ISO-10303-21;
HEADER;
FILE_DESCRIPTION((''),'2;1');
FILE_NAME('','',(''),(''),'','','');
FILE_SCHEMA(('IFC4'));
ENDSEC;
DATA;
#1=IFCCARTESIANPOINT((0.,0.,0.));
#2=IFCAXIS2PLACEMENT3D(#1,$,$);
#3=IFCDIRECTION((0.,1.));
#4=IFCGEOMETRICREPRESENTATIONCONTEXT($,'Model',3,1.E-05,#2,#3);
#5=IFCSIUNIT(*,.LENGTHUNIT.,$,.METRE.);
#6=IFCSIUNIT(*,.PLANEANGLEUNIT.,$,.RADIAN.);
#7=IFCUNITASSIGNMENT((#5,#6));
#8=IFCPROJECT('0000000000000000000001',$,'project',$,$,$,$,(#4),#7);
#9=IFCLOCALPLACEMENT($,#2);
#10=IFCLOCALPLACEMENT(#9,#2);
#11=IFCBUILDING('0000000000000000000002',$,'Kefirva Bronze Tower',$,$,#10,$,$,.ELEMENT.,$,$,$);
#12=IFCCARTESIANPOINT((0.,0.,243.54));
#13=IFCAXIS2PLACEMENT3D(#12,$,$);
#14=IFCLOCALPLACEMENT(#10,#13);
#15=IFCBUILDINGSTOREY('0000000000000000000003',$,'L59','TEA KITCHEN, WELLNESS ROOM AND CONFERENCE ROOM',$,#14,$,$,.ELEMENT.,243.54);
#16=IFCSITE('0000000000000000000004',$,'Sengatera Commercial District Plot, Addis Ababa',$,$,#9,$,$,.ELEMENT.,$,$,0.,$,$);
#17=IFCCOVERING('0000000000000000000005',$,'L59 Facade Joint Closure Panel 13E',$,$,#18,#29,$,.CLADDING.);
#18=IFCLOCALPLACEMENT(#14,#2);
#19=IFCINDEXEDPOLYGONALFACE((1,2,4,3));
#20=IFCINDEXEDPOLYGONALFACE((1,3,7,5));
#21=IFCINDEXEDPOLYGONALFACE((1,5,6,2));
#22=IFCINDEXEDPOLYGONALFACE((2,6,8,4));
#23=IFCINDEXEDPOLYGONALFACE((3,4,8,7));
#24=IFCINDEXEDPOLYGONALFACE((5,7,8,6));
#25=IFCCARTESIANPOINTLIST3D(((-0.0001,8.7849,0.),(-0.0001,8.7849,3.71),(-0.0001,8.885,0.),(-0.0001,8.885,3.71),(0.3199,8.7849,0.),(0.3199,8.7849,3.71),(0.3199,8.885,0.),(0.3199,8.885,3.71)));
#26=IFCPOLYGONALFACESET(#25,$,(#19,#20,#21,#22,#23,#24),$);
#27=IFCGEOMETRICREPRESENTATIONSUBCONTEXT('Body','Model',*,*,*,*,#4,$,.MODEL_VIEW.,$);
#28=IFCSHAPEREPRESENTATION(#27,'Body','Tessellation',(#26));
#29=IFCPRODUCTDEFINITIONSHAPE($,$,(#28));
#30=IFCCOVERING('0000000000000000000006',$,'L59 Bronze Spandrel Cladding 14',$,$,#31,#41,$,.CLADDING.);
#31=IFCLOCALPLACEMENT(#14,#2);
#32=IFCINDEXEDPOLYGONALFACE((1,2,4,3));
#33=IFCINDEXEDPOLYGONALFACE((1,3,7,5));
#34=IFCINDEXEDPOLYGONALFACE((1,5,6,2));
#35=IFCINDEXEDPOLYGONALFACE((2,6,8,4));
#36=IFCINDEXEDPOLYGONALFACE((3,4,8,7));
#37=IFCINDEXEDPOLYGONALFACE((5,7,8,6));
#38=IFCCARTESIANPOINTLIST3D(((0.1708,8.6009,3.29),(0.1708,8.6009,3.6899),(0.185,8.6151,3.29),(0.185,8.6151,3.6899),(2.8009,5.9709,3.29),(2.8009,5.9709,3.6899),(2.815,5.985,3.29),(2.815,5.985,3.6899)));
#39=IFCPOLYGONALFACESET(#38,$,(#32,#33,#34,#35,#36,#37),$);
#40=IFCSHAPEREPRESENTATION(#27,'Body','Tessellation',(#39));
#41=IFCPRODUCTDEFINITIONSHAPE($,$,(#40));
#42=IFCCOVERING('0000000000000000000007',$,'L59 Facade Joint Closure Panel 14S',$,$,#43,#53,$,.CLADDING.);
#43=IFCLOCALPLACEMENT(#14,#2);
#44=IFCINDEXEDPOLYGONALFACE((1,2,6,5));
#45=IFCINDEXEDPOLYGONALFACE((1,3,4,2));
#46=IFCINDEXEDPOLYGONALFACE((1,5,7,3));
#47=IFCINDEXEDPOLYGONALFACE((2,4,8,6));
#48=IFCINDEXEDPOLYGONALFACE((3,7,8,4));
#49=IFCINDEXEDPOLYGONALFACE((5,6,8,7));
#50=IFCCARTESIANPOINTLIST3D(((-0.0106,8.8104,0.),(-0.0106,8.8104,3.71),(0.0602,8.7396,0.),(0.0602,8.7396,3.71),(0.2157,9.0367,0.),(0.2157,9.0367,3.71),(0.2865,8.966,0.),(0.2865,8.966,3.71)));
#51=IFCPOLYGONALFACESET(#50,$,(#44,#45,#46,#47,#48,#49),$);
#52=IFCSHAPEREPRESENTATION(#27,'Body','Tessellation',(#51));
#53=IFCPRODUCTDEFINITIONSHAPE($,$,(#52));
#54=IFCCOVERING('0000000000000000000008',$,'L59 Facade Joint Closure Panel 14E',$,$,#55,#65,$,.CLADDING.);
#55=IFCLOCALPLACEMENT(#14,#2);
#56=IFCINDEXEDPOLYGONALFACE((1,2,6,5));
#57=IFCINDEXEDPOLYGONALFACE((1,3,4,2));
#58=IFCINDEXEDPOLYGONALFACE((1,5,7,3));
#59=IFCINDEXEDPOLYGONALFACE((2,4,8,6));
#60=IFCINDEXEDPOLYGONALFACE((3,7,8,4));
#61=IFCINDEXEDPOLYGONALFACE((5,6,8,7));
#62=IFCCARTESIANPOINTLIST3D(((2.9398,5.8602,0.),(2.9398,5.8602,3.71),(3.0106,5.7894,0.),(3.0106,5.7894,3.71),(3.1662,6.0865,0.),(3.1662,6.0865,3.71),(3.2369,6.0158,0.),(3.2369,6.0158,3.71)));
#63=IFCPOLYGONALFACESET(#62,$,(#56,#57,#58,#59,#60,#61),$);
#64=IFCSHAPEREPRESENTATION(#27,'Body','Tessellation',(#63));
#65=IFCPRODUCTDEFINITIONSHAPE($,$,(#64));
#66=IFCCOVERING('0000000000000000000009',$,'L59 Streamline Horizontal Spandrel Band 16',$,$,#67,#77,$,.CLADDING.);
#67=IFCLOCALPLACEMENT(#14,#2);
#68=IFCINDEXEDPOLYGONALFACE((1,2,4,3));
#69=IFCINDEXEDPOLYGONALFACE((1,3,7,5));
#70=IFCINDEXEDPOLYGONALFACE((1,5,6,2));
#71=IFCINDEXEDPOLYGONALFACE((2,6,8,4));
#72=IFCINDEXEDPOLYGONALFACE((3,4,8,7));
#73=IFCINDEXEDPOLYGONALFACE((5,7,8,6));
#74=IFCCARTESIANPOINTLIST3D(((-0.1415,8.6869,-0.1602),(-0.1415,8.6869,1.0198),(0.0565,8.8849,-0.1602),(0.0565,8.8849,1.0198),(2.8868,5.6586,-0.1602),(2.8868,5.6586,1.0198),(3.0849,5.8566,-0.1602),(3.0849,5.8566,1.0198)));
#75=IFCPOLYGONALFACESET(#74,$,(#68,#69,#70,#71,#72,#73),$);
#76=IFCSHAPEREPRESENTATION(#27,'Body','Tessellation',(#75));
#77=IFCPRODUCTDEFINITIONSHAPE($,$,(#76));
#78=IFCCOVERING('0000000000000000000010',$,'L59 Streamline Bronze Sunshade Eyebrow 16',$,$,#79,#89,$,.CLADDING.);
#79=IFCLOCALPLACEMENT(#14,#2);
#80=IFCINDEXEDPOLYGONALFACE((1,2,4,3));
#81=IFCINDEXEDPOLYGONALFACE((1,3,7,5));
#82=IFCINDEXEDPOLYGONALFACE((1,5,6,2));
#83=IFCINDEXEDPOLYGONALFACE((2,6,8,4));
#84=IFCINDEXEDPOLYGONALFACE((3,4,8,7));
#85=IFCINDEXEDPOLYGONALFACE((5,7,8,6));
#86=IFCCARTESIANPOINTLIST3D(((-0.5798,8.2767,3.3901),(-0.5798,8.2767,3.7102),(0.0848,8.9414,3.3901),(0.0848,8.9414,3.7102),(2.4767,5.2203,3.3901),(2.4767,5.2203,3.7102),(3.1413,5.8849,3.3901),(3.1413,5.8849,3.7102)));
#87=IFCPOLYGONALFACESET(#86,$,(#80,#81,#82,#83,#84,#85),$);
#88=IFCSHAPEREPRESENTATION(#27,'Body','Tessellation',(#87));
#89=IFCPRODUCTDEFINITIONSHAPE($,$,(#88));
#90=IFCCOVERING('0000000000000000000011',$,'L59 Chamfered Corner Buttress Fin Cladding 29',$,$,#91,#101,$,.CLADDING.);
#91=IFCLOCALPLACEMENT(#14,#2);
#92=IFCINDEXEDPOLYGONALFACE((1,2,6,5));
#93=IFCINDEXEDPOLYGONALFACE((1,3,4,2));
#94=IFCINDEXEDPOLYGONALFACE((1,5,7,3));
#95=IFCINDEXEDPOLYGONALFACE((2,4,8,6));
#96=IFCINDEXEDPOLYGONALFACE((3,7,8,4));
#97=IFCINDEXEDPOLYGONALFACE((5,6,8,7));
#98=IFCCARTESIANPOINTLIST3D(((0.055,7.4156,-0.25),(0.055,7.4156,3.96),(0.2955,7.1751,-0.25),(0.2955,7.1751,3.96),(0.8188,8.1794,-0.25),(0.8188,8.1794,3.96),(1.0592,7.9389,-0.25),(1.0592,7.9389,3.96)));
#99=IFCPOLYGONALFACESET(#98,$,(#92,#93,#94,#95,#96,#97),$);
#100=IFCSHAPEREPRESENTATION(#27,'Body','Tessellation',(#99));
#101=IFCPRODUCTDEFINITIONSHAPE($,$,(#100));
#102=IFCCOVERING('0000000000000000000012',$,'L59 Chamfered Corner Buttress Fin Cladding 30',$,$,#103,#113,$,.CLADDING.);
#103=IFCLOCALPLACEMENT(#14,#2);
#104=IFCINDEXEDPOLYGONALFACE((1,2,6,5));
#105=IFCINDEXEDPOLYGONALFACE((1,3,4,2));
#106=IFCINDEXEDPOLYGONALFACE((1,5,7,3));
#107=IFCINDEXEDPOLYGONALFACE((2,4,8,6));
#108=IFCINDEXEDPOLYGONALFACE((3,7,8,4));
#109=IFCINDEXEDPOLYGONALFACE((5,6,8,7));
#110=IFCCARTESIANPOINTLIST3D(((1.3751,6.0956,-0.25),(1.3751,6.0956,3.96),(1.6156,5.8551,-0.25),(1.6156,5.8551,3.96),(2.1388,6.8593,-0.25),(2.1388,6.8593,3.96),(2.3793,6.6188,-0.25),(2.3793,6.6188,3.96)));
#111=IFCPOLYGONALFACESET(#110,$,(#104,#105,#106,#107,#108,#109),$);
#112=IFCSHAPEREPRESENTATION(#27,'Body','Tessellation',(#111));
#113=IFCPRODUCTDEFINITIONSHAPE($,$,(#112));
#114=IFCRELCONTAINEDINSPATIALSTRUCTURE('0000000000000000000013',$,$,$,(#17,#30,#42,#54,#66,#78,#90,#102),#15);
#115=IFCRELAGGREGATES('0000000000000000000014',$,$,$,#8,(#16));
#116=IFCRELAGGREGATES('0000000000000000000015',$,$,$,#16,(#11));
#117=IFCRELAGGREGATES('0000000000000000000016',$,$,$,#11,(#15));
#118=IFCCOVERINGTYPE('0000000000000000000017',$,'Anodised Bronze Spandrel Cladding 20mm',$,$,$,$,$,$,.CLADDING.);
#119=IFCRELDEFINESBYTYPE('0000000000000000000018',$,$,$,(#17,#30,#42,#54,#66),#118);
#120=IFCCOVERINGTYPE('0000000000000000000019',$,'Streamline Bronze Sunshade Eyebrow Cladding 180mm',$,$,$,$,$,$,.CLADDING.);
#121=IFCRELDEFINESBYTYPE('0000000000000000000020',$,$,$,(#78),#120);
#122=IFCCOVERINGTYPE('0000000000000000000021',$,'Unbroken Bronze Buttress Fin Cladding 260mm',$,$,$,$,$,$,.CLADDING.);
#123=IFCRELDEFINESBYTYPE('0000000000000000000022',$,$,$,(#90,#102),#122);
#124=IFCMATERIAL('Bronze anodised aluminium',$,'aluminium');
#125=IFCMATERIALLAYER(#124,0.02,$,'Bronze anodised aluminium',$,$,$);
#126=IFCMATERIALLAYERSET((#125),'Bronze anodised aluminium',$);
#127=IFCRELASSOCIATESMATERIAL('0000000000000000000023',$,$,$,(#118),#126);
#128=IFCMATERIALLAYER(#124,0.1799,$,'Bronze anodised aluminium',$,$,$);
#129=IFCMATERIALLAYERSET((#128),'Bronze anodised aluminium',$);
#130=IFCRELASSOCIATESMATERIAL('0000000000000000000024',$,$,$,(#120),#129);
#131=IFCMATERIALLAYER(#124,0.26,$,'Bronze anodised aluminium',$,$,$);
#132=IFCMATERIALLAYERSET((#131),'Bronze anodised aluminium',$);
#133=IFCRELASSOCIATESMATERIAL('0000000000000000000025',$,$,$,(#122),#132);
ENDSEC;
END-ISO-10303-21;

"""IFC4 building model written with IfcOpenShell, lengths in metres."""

from ifc_helpers import new_model, si_unit, direction, frame, origin, origin_2d, place, context, subcontext, project, spatial, rectangle, extrude, material, layer, layer_set, type_object, element, save


model = new_model("IFC4")

# Units and contexts
model_context = context("Model", 3, precision=1e-05, world=origin(), true_north=direction((0.0, 1.0)))
body_context = subcontext(model_context, "Body", "Model", "MODEL_VIEW")
ifc_project = project(units=[si_unit("LENGTHUNIT", "METRE"), si_unit("PLANEANGLEUNIT", "RADIAN")], contexts=[model_context])

# Site, building, storey
site_placement = place(None, origin())
site = spatial("IfcSite", under=ifc_project, at=site_placement, Name="Sengatera Commercial District Plot, Addis Ababa", CompositionType="ELEMENT", RefElevation=0.0)
building_placement = place(site_placement, origin())
building = spatial("IfcBuilding", under=site, at=building_placement, Name="Kefirva Bronze Tower", CompositionType="ELEMENT")
storey_placement = place(building_placement, frame((0.0, 0.0, 243.54)))
storey = spatial("IfcBuildingStorey", under=building, at=storey_placement, Name="L59", Description="TEA KITCHEN, WELLNESS ROOM AND CONFERENCE ROOM", CompositionType="ELEMENT", Elevation=243.54)

# Shared definitions
ifc_material_1 = material(Name="Bronze anodised aluminium", Category="aluminium")

# Coverings
ifc_layer_1 = layer(ifc_material_1, 0.02, Name="Bronze anodised aluminium")
ifc_layer_set_1 = layer_set([ifc_layer_1], Name="Bronze anodised aluminium")
covering_type_1 = type_object("IfcCoveringType", Name="Anodised Bronze Spandrel Cladding 20mm", PredefinedType="CLADDING", material=ifc_layer_set_1)
covering_1_placement = place(storey_placement, frame((0.1599, 8.835, 0.0), z_axis=(0.0, 0.0, 1.0), x_axis=(0.0, -1.0, 0.0)))
element("IfcCovering", 1, at=covering_1_placement, inside=storey, type_object=covering_type_1, Name="L59 Facade Joint Closure Panel 13E", PredefinedType="CLADDING", context=body_context, shape_type="SweptSolid", body=[
    extrude(rectangle(XDim=0.1001, YDim=0.3201, at=origin_2d()), origin(), (0.0, 0.0, 1.0), 3.71),
])
covering_2_placement = place(storey_placement, frame((1.4929, 7.293, 3.29), z_axis=(0.0, 0.0, 1.0), x_axis=(0.707107, -0.707107, 0.0)))
element("IfcCovering", 2, at=covering_2_placement, inside=storey, type_object=covering_type_1, Name="L59 Bronze Spandrel Cladding 14", PredefinedType="CLADDING", context=body_context, shape_type="SweptSolid", body=[
    extrude(rectangle(XDim=3.7195, YDim=0.02, at=origin_2d()), origin(), (0.0, 0.0, 1.0), 0.3999),
])
for number, where, z_axis, x_axis, name in (
    (3, (0.1379, 8.8882, 0.0), (0.0, 0.0, 1.0), (0.707107, -0.707107, 0.0), "L59 Facade Joint Closure Panel 14S"),
    (4, (3.0884, 5.938, 0.0), (0.0, 0.0, 1.0), (0.707107, -0.707107, 0.0), "L59 Facade Joint Closure Panel 14E"),
):
    element("IfcCovering", number, at=place(storey_placement, frame(where, z_axis=z_axis, x_axis=x_axis)), inside=storey, type_object=covering_type_1, Name=name, PredefinedType="CLADDING", context=body_context, shape_type="SweptSolid", body=[
        extrude(rectangle(XDim=0.1001, YDim=0.3201, at=origin_2d()), origin(), (0.0, 0.0, 1.0), 3.71),
    ])
covering_3_placement = place(storey_placement, frame((1.4717, 7.2717, -0.1602), z_axis=(0.0, 0.0, 1.0), x_axis=(0.707107, -0.707107, 0.0)))
element("IfcCovering", 5, at=covering_3_placement, inside=storey, type_object=covering_type_1, Name="L59 Streamline Horizontal Spandrel Band 16", PredefinedType="CLADDING", context=body_context, shape_type="SweptSolid", body=[
    extrude(rectangle(XDim=4.2827, YDim=0.28, at=origin_2d()), origin(), (0.0, 0.0, 1.0), 1.1799),
])
ifc_layer_2 = layer(ifc_material_1, 0.1799, Name="Bronze anodised aluminium")
ifc_layer_set_2 = layer_set([ifc_layer_2], Name="Bronze anodised aluminium")
covering_type_2 = type_object("IfcCoveringType", Name="Streamline Bronze Sunshade Eyebrow Cladding 180mm", PredefinedType="CLADDING", material=ifc_layer_set_2)
covering_4_placement = place(storey_placement, frame((1.2808, 7.0808, 3.3901), z_axis=(0.0, 0.0, 1.0), x_axis=(0.707107, -0.707107, 0.0)))
element("IfcCovering", 6, at=covering_4_placement, inside=storey, type_object=covering_type_2, Name="L59 Streamline Bronze Sunshade Eyebrow 16", PredefinedType="CLADDING", context=body_context, shape_type="SweptSolid", body=[
    extrude(rectangle(XDim=4.3225, YDim=0.9399, at=origin_2d()), origin(), (0.0, 0.0, 1.0), 0.3201),
])
ifc_layer_3 = layer(ifc_material_1, 0.26, Name="Bronze anodised aluminium")
ifc_layer_set_3 = layer_set([ifc_layer_3], Name="Bronze anodised aluminium")
covering_type_3 = type_object("IfcCoveringType", Name="Unbroken Bronze Buttress Fin Cladding 260mm", PredefinedType="CLADDING", material=ifc_layer_set_3)
for number, where, z_axis, x_axis, name in (
    (7, (0.5571, 7.6772, -0.25), (0.0, 0.0, 1.0), (0.707107, -0.707107, 0.0), "L59 Chamfered Corner Buttress Fin Cladding 29"),
    (8, (1.8772, 6.3572, -0.25), (0.0, 0.0, 1.0), (0.707107, -0.707107, 0.0), "L59 Chamfered Corner Buttress Fin Cladding 30"),
):
    element("IfcCovering", number, at=place(storey_placement, frame(where, z_axis=z_axis, x_axis=x_axis)), inside=storey, type_object=covering_type_3, Name=name, PredefinedType="CLADDING", context=body_context, shape_type="SweptSolid", body=[
        extrude(rectangle(XDim=0.3401, YDim=1.0801, at=origin_2d()), origin(), (0.0, 0.0, 1.0), 4.21),
    ])

save(model, "model.ifc")
